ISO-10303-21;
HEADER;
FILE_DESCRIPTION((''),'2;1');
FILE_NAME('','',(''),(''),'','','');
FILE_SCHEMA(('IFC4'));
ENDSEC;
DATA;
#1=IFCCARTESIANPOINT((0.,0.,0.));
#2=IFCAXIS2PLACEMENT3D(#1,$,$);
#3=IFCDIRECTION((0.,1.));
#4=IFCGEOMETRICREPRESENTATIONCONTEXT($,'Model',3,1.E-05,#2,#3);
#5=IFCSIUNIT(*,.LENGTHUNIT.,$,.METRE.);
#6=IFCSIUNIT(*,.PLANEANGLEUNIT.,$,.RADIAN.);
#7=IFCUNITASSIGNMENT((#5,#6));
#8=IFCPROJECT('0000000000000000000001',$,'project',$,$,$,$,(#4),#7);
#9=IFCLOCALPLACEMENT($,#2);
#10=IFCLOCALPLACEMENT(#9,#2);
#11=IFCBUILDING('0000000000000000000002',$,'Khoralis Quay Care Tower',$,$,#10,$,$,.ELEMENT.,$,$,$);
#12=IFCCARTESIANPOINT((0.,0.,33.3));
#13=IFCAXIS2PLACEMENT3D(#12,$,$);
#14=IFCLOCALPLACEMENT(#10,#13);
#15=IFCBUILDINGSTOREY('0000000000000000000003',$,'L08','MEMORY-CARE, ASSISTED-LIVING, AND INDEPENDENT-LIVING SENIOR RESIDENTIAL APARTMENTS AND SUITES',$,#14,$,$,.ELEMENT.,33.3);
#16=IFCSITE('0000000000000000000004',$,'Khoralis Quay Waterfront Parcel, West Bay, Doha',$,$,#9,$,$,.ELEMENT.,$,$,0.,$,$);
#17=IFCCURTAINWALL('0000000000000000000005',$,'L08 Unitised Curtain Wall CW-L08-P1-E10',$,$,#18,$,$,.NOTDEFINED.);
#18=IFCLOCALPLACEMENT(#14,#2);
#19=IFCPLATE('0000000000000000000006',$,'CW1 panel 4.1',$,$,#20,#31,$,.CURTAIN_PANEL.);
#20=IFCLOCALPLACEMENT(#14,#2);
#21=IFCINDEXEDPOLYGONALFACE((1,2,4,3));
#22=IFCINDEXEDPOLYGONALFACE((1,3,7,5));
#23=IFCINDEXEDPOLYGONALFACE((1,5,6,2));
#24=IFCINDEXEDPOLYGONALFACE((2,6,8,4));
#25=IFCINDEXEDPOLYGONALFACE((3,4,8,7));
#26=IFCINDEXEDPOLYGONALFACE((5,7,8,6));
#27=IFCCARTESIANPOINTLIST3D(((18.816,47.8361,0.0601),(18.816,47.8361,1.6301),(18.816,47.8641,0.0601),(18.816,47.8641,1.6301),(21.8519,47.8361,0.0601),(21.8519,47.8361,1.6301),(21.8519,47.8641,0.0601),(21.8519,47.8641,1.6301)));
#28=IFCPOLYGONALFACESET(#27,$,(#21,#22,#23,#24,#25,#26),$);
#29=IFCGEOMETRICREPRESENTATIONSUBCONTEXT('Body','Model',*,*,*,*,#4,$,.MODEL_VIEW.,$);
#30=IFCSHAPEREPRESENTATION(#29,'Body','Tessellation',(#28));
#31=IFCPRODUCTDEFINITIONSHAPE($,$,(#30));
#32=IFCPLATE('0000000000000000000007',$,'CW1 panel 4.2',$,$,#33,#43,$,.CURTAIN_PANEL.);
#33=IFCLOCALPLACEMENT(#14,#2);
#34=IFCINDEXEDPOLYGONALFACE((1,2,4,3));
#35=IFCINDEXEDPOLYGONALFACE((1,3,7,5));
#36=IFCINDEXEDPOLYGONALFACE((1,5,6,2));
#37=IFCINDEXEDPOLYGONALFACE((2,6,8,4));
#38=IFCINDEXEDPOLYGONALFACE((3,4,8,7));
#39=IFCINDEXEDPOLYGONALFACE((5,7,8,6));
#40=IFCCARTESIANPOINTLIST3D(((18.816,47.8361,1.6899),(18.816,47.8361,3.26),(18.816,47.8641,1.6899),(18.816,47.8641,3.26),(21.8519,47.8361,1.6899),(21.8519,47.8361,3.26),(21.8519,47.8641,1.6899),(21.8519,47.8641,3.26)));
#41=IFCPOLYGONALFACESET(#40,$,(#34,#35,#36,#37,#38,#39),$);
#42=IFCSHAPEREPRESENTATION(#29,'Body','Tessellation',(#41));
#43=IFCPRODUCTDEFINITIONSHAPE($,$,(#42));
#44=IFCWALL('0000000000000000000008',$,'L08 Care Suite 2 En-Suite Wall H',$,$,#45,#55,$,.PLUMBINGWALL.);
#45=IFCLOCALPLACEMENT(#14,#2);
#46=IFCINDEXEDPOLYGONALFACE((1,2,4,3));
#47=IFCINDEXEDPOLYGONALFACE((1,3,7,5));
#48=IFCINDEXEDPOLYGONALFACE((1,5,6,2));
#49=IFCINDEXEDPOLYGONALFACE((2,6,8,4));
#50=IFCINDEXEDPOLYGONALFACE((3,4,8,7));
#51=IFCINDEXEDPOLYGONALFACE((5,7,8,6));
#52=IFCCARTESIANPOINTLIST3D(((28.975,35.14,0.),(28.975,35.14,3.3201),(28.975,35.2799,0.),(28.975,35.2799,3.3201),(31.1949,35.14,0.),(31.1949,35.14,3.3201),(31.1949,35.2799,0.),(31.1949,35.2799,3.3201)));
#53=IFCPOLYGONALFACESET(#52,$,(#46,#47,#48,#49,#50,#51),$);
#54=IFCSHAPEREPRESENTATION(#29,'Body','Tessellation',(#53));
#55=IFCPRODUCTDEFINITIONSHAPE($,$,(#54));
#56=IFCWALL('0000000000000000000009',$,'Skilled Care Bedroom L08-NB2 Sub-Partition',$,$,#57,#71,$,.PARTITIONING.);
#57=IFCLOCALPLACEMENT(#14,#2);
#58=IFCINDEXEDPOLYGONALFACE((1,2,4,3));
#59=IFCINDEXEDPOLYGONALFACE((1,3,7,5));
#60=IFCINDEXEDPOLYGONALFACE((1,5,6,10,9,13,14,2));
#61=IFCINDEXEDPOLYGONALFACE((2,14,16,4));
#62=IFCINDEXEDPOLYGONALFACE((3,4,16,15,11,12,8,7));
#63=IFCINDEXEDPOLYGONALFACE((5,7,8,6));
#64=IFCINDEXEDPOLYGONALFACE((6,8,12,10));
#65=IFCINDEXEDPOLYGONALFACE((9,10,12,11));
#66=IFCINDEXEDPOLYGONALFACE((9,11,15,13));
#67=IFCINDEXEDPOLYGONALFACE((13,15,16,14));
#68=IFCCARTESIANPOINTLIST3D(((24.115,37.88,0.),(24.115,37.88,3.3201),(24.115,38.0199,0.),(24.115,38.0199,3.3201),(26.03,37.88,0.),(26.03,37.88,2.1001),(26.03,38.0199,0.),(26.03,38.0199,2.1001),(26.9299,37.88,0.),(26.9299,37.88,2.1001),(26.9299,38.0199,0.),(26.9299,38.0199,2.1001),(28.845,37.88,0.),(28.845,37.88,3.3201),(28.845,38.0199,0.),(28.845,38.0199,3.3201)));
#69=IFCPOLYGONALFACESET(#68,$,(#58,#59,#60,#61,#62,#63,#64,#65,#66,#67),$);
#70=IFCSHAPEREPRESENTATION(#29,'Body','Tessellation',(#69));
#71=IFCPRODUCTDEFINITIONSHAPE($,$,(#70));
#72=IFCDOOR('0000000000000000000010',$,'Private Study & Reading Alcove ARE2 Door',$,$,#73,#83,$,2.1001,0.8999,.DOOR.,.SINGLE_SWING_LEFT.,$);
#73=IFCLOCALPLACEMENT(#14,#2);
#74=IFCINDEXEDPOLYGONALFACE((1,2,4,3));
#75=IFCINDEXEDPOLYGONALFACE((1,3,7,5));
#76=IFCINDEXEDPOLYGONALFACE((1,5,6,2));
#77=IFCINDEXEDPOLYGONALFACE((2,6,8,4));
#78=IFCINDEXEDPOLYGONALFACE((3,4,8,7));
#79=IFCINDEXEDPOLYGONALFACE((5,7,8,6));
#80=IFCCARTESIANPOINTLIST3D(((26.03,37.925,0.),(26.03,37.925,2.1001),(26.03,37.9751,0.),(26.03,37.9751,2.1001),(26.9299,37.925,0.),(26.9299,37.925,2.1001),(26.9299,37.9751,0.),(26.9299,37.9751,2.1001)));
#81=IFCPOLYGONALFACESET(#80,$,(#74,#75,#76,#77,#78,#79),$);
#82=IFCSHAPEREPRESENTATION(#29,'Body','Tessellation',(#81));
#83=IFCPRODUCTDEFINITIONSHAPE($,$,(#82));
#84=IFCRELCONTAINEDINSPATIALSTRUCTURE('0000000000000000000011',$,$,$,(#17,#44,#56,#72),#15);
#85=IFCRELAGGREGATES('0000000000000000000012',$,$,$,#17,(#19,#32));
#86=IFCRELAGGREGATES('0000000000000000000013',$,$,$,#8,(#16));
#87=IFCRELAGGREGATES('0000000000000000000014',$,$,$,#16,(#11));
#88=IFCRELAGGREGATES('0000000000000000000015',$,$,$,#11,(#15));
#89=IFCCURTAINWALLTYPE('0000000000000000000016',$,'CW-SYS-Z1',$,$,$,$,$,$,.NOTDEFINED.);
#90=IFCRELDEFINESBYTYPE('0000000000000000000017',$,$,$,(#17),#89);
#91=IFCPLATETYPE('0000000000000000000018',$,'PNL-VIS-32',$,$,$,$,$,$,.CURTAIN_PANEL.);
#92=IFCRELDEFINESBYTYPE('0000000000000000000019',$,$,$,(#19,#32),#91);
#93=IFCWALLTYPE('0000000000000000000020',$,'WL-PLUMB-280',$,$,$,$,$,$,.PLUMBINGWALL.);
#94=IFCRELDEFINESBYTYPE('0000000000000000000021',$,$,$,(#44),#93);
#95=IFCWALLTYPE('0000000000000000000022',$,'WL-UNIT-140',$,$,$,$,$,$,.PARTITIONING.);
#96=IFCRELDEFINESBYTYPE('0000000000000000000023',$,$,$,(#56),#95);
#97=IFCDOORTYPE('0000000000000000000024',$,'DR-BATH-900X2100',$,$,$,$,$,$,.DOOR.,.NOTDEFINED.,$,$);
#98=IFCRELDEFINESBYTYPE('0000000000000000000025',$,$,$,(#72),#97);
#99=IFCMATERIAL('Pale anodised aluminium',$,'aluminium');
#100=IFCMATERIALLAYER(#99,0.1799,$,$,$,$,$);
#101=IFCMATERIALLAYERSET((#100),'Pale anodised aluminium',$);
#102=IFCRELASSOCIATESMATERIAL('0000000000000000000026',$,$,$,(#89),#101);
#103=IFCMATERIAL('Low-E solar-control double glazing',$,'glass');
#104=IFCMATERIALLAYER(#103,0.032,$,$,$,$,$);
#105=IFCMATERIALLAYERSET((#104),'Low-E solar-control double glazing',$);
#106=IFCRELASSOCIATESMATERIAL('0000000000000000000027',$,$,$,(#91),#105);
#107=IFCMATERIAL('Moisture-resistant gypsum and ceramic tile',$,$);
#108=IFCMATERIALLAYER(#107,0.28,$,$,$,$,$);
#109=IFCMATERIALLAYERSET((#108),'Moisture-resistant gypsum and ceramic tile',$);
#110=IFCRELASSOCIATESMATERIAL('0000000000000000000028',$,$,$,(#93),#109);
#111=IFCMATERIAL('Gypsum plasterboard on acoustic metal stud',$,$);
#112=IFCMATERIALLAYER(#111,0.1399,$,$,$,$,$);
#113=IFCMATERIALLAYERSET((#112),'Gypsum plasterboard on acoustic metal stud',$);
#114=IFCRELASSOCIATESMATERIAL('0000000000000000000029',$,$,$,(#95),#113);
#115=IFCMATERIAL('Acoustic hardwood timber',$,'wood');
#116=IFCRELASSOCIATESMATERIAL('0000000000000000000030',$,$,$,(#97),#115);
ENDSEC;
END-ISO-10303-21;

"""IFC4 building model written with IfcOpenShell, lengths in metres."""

from ifc_helpers import new_model, si_unit, direction, frame, frame_2d, origin, origin_2d, place, context, subcontext, project, spatial, rectangle, extrude, source, transform, mapped, material, layer, layer_set, type_object, element, fill, aggregate, save


model = new_model("IFC4")

# Units and contexts
model_context = context("Model", 3, precision=1e-05, world=origin(), true_north=direction((0.0, 1.0)))
body_context = subcontext(model_context, "Body", "Model", "MODEL_VIEW")
ifc_project = project(units=[si_unit("LENGTHUNIT", "METRE"), si_unit("PLANEANGLEUNIT", "RADIAN")], contexts=[model_context])

# Site, building, storey
site_placement = place(None, origin())
site = spatial("IfcSite", under=ifc_project, at=site_placement, Name="Khoralis Quay Waterfront Parcel, West Bay, Doha", CompositionType="ELEMENT", RefElevation=0.0)
building_placement = place(site_placement, origin())
building = spatial("IfcBuilding", under=site, at=building_placement, Name="Khoralis Quay Care Tower", CompositionType="ELEMENT")
storey_placement = place(building_placement, frame((0.0, 0.0, 33.3)))
storey = spatial("IfcBuildingStorey", under=building, at=storey_placement, Name="L08", Description="MEMORY-CARE, ASSISTED-LIVING, AND INDEPENDENT-LIVING SENIOR RESIDENTIAL APARTMENTS AND SUITES", CompositionType="ELEMENT", Elevation=33.3)

# Curtain wall, plates
ifc_material_1 = material(Name="Pale anodised aluminium", Category="aluminium")
ifc_layer_1 = layer(ifc_material_1, 0.1799)
ifc_layer_set_1 = layer_set([ifc_layer_1], Name="Pale anodised aluminium")
curtain_wall_type = type_object("IfcCurtainWallType", Name="CW-SYS-Z1", PredefinedType="NOTDEFINED", material=ifc_layer_set_1)
curtain_wall_placement = place(storey_placement, origin())
curtain_wall = element("IfcCurtainWall", 1, at=curtain_wall_placement, inside=storey, type_object=curtain_wall_type, Name="L08 Unitised Curtain Wall CW-L08-P1-E10", PredefinedType="NOTDEFINED")
ifc_material_2 = material(Name="Low-E solar-control double glazing", Category="glass")
ifc_layer_2 = layer(ifc_material_2, 0.032)
ifc_layer_set_2 = layer_set([ifc_layer_2], Name="Low-E solar-control double glazing")
plate_type = type_object("IfcPlateType", Name="PNL-VIS-32", PredefinedType="CURTAIN_PANEL", material=ifc_layer_set_2)
shared_shape_1 = source(origin(), body_context, "Body", "SweptSolid", [
    extrude(rectangle(XDim=3.0359, YDim=0.0281, at=origin_2d()), origin(), (0.0, 0.0, 1.0), 1.5701),
])
plate_1_placement = place(storey_placement, frame((20.334, 47.8501, 0.0601), z_axis=(0.0, 0.0, 1.0), x_axis=(-1.0, 0.0, 0.0)))
plate_1 = element("IfcPlate", 2, at=plate_1_placement, type_object=plate_type, Name="CW1 panel 4.1", PredefinedType="CURTAIN_PANEL", context=body_context, shape_type="MappedRepresentation", body=[
    mapped(shared_shape_1, transform((0.0, 0.0, 0.0), scale=1.0)),
])
plate_2_placement = place(storey_placement, frame((20.334, 47.8501, 1.6899), z_axis=(0.0, 0.0, 1.0), x_axis=(-1.0, 0.0, 0.0)))
plate_2 = element("IfcPlate", 3, at=plate_2_placement, type_object=plate_type, Name="CW1 panel 4.2", PredefinedType="CURTAIN_PANEL", context=body_context, shape_type="MappedRepresentation", body=[
    mapped(shared_shape_1, transform((0.0, 0.0, 0.0), scale=1.0)),
])
aggregate(curtain_wall, [plate_1, plate_2])

# Wall
ifc_material_3 = material(Name="Moisture-resistant gypsum and ceramic tile")
ifc_layer_3 = layer(ifc_material_3, 0.28)
ifc_layer_set_3 = layer_set([ifc_layer_3], Name="Moisture-resistant gypsum and ceramic tile")
wall_type_1 = type_object("IfcWallType", Name="WL-PLUMB-280", PredefinedType="PLUMBINGWALL", material=ifc_layer_set_3)
wall_1_placement = place(storey_placement, frame((28.9751, 35.21, 0.0), z_axis=(0.0, 0.0, 1.0), x_axis=(1.0, 0.0, 0.0)))
element("IfcWall", 4, at=wall_1_placement, inside=storey, type_object=wall_type_1, Name="L08 Care Suite 2 En-Suite Wall H", PredefinedType="PLUMBINGWALL", context=body_context, shape_type="SweptSolid", body=[
    extrude(rectangle(XDim=2.22, YDim=0.1399, at=frame_2d((1.1099, 0.0))), origin(), (0.0, 0.0, 1.0), 3.3201),
])

# Wall, opening, door
ifc_material_4 = material(Name="Gypsum plasterboard on acoustic metal stud")
ifc_layer_4 = layer(ifc_material_4, 0.1399)
ifc_layer_set_4 = layer_set([ifc_layer_4], Name="Gypsum plasterboard on acoustic metal stud")
wall_type_2 = type_object("IfcWallType", Name="WL-UNIT-140", PredefinedType="PARTITIONING", material=ifc_layer_set_4)
wall_2_placement = place(storey_placement, frame((24.115, 37.95, 0.0), z_axis=(0.0, 0.0, 1.0), x_axis=(1.0, 0.0, 0.0)))
wall_2 = element("IfcWall", 5, at=wall_2_placement, inside=storey, type_object=wall_type_2, Name="Skilled Care Bedroom L08-NB2 Sub-Partition", PredefinedType="PARTITIONING", context=body_context, shape_type="SweptSolid", body=[
    extrude(rectangle(XDim=4.73, YDim=0.1399, at=frame_2d((2.365, 0.0))), origin(), (0.0, 0.0, 1.0), 3.3201),
])
opening_placement = place(wall_2_placement, frame((1.915, 0.0, 0.0)))
opening = element("IfcOpeningElement", 6, at=opening_placement, cuts=wall_2, PredefinedType="OPENING", context=body_context, shape_type="SweptSolid", body=[
    extrude(rectangle(XDim=0.8999, YDim=2.1001, at=frame_2d((0.45, 1.05))), frame((0.0, 0.0801, 0.0), z_axis=(0.0, -1.0, 0.0), x_axis=(1.0, 0.0, 0.0)), (0.0, 0.0, 1.0), 0.1599),
])
ifc_material_5 = material(Name="Acoustic hardwood timber", Category="wood")
door_type = type_object("IfcDoorType", Name="DR-BATH-900X2100", OperationType="NOTDEFINED", PredefinedType="DOOR", material=ifc_material_5)
shared_shape_2 = source(origin(), body_context, "Body", "SweptSolid", [
    extrude(rectangle(XDim=0.8999, YDim=2.1001, at=frame_2d((0.45, 1.05))), frame((0.0, 0.0249, 0.0), z_axis=(0.0, -1.0, 0.0), x_axis=(1.0, 0.0, 0.0)), (0.0, 0.0, 1.0), 0.05),
])
door_placement = place(opening_placement, frame((0.8999, 0.0, 0.0), z_axis=(0.0, 0.0, 1.0), x_axis=(-1.0, 0.0, 0.0)))
door = element("IfcDoor", 7, at=door_placement, inside=storey, type_object=door_type, Name="Private Study & Reading Alcove ARE2 Door", OperationType="SINGLE_SWING_LEFT", OverallHeight=2.1001, OverallWidth=0.8999, PredefinedType="DOOR", context=body_context, shape_type="MappedRepresentation", body=[
    mapped(shared_shape_2, transform((0.0, 0.0, 0.0), scale=1.0)),
])
fill(opening, door)

save(model, "model.ifc")
